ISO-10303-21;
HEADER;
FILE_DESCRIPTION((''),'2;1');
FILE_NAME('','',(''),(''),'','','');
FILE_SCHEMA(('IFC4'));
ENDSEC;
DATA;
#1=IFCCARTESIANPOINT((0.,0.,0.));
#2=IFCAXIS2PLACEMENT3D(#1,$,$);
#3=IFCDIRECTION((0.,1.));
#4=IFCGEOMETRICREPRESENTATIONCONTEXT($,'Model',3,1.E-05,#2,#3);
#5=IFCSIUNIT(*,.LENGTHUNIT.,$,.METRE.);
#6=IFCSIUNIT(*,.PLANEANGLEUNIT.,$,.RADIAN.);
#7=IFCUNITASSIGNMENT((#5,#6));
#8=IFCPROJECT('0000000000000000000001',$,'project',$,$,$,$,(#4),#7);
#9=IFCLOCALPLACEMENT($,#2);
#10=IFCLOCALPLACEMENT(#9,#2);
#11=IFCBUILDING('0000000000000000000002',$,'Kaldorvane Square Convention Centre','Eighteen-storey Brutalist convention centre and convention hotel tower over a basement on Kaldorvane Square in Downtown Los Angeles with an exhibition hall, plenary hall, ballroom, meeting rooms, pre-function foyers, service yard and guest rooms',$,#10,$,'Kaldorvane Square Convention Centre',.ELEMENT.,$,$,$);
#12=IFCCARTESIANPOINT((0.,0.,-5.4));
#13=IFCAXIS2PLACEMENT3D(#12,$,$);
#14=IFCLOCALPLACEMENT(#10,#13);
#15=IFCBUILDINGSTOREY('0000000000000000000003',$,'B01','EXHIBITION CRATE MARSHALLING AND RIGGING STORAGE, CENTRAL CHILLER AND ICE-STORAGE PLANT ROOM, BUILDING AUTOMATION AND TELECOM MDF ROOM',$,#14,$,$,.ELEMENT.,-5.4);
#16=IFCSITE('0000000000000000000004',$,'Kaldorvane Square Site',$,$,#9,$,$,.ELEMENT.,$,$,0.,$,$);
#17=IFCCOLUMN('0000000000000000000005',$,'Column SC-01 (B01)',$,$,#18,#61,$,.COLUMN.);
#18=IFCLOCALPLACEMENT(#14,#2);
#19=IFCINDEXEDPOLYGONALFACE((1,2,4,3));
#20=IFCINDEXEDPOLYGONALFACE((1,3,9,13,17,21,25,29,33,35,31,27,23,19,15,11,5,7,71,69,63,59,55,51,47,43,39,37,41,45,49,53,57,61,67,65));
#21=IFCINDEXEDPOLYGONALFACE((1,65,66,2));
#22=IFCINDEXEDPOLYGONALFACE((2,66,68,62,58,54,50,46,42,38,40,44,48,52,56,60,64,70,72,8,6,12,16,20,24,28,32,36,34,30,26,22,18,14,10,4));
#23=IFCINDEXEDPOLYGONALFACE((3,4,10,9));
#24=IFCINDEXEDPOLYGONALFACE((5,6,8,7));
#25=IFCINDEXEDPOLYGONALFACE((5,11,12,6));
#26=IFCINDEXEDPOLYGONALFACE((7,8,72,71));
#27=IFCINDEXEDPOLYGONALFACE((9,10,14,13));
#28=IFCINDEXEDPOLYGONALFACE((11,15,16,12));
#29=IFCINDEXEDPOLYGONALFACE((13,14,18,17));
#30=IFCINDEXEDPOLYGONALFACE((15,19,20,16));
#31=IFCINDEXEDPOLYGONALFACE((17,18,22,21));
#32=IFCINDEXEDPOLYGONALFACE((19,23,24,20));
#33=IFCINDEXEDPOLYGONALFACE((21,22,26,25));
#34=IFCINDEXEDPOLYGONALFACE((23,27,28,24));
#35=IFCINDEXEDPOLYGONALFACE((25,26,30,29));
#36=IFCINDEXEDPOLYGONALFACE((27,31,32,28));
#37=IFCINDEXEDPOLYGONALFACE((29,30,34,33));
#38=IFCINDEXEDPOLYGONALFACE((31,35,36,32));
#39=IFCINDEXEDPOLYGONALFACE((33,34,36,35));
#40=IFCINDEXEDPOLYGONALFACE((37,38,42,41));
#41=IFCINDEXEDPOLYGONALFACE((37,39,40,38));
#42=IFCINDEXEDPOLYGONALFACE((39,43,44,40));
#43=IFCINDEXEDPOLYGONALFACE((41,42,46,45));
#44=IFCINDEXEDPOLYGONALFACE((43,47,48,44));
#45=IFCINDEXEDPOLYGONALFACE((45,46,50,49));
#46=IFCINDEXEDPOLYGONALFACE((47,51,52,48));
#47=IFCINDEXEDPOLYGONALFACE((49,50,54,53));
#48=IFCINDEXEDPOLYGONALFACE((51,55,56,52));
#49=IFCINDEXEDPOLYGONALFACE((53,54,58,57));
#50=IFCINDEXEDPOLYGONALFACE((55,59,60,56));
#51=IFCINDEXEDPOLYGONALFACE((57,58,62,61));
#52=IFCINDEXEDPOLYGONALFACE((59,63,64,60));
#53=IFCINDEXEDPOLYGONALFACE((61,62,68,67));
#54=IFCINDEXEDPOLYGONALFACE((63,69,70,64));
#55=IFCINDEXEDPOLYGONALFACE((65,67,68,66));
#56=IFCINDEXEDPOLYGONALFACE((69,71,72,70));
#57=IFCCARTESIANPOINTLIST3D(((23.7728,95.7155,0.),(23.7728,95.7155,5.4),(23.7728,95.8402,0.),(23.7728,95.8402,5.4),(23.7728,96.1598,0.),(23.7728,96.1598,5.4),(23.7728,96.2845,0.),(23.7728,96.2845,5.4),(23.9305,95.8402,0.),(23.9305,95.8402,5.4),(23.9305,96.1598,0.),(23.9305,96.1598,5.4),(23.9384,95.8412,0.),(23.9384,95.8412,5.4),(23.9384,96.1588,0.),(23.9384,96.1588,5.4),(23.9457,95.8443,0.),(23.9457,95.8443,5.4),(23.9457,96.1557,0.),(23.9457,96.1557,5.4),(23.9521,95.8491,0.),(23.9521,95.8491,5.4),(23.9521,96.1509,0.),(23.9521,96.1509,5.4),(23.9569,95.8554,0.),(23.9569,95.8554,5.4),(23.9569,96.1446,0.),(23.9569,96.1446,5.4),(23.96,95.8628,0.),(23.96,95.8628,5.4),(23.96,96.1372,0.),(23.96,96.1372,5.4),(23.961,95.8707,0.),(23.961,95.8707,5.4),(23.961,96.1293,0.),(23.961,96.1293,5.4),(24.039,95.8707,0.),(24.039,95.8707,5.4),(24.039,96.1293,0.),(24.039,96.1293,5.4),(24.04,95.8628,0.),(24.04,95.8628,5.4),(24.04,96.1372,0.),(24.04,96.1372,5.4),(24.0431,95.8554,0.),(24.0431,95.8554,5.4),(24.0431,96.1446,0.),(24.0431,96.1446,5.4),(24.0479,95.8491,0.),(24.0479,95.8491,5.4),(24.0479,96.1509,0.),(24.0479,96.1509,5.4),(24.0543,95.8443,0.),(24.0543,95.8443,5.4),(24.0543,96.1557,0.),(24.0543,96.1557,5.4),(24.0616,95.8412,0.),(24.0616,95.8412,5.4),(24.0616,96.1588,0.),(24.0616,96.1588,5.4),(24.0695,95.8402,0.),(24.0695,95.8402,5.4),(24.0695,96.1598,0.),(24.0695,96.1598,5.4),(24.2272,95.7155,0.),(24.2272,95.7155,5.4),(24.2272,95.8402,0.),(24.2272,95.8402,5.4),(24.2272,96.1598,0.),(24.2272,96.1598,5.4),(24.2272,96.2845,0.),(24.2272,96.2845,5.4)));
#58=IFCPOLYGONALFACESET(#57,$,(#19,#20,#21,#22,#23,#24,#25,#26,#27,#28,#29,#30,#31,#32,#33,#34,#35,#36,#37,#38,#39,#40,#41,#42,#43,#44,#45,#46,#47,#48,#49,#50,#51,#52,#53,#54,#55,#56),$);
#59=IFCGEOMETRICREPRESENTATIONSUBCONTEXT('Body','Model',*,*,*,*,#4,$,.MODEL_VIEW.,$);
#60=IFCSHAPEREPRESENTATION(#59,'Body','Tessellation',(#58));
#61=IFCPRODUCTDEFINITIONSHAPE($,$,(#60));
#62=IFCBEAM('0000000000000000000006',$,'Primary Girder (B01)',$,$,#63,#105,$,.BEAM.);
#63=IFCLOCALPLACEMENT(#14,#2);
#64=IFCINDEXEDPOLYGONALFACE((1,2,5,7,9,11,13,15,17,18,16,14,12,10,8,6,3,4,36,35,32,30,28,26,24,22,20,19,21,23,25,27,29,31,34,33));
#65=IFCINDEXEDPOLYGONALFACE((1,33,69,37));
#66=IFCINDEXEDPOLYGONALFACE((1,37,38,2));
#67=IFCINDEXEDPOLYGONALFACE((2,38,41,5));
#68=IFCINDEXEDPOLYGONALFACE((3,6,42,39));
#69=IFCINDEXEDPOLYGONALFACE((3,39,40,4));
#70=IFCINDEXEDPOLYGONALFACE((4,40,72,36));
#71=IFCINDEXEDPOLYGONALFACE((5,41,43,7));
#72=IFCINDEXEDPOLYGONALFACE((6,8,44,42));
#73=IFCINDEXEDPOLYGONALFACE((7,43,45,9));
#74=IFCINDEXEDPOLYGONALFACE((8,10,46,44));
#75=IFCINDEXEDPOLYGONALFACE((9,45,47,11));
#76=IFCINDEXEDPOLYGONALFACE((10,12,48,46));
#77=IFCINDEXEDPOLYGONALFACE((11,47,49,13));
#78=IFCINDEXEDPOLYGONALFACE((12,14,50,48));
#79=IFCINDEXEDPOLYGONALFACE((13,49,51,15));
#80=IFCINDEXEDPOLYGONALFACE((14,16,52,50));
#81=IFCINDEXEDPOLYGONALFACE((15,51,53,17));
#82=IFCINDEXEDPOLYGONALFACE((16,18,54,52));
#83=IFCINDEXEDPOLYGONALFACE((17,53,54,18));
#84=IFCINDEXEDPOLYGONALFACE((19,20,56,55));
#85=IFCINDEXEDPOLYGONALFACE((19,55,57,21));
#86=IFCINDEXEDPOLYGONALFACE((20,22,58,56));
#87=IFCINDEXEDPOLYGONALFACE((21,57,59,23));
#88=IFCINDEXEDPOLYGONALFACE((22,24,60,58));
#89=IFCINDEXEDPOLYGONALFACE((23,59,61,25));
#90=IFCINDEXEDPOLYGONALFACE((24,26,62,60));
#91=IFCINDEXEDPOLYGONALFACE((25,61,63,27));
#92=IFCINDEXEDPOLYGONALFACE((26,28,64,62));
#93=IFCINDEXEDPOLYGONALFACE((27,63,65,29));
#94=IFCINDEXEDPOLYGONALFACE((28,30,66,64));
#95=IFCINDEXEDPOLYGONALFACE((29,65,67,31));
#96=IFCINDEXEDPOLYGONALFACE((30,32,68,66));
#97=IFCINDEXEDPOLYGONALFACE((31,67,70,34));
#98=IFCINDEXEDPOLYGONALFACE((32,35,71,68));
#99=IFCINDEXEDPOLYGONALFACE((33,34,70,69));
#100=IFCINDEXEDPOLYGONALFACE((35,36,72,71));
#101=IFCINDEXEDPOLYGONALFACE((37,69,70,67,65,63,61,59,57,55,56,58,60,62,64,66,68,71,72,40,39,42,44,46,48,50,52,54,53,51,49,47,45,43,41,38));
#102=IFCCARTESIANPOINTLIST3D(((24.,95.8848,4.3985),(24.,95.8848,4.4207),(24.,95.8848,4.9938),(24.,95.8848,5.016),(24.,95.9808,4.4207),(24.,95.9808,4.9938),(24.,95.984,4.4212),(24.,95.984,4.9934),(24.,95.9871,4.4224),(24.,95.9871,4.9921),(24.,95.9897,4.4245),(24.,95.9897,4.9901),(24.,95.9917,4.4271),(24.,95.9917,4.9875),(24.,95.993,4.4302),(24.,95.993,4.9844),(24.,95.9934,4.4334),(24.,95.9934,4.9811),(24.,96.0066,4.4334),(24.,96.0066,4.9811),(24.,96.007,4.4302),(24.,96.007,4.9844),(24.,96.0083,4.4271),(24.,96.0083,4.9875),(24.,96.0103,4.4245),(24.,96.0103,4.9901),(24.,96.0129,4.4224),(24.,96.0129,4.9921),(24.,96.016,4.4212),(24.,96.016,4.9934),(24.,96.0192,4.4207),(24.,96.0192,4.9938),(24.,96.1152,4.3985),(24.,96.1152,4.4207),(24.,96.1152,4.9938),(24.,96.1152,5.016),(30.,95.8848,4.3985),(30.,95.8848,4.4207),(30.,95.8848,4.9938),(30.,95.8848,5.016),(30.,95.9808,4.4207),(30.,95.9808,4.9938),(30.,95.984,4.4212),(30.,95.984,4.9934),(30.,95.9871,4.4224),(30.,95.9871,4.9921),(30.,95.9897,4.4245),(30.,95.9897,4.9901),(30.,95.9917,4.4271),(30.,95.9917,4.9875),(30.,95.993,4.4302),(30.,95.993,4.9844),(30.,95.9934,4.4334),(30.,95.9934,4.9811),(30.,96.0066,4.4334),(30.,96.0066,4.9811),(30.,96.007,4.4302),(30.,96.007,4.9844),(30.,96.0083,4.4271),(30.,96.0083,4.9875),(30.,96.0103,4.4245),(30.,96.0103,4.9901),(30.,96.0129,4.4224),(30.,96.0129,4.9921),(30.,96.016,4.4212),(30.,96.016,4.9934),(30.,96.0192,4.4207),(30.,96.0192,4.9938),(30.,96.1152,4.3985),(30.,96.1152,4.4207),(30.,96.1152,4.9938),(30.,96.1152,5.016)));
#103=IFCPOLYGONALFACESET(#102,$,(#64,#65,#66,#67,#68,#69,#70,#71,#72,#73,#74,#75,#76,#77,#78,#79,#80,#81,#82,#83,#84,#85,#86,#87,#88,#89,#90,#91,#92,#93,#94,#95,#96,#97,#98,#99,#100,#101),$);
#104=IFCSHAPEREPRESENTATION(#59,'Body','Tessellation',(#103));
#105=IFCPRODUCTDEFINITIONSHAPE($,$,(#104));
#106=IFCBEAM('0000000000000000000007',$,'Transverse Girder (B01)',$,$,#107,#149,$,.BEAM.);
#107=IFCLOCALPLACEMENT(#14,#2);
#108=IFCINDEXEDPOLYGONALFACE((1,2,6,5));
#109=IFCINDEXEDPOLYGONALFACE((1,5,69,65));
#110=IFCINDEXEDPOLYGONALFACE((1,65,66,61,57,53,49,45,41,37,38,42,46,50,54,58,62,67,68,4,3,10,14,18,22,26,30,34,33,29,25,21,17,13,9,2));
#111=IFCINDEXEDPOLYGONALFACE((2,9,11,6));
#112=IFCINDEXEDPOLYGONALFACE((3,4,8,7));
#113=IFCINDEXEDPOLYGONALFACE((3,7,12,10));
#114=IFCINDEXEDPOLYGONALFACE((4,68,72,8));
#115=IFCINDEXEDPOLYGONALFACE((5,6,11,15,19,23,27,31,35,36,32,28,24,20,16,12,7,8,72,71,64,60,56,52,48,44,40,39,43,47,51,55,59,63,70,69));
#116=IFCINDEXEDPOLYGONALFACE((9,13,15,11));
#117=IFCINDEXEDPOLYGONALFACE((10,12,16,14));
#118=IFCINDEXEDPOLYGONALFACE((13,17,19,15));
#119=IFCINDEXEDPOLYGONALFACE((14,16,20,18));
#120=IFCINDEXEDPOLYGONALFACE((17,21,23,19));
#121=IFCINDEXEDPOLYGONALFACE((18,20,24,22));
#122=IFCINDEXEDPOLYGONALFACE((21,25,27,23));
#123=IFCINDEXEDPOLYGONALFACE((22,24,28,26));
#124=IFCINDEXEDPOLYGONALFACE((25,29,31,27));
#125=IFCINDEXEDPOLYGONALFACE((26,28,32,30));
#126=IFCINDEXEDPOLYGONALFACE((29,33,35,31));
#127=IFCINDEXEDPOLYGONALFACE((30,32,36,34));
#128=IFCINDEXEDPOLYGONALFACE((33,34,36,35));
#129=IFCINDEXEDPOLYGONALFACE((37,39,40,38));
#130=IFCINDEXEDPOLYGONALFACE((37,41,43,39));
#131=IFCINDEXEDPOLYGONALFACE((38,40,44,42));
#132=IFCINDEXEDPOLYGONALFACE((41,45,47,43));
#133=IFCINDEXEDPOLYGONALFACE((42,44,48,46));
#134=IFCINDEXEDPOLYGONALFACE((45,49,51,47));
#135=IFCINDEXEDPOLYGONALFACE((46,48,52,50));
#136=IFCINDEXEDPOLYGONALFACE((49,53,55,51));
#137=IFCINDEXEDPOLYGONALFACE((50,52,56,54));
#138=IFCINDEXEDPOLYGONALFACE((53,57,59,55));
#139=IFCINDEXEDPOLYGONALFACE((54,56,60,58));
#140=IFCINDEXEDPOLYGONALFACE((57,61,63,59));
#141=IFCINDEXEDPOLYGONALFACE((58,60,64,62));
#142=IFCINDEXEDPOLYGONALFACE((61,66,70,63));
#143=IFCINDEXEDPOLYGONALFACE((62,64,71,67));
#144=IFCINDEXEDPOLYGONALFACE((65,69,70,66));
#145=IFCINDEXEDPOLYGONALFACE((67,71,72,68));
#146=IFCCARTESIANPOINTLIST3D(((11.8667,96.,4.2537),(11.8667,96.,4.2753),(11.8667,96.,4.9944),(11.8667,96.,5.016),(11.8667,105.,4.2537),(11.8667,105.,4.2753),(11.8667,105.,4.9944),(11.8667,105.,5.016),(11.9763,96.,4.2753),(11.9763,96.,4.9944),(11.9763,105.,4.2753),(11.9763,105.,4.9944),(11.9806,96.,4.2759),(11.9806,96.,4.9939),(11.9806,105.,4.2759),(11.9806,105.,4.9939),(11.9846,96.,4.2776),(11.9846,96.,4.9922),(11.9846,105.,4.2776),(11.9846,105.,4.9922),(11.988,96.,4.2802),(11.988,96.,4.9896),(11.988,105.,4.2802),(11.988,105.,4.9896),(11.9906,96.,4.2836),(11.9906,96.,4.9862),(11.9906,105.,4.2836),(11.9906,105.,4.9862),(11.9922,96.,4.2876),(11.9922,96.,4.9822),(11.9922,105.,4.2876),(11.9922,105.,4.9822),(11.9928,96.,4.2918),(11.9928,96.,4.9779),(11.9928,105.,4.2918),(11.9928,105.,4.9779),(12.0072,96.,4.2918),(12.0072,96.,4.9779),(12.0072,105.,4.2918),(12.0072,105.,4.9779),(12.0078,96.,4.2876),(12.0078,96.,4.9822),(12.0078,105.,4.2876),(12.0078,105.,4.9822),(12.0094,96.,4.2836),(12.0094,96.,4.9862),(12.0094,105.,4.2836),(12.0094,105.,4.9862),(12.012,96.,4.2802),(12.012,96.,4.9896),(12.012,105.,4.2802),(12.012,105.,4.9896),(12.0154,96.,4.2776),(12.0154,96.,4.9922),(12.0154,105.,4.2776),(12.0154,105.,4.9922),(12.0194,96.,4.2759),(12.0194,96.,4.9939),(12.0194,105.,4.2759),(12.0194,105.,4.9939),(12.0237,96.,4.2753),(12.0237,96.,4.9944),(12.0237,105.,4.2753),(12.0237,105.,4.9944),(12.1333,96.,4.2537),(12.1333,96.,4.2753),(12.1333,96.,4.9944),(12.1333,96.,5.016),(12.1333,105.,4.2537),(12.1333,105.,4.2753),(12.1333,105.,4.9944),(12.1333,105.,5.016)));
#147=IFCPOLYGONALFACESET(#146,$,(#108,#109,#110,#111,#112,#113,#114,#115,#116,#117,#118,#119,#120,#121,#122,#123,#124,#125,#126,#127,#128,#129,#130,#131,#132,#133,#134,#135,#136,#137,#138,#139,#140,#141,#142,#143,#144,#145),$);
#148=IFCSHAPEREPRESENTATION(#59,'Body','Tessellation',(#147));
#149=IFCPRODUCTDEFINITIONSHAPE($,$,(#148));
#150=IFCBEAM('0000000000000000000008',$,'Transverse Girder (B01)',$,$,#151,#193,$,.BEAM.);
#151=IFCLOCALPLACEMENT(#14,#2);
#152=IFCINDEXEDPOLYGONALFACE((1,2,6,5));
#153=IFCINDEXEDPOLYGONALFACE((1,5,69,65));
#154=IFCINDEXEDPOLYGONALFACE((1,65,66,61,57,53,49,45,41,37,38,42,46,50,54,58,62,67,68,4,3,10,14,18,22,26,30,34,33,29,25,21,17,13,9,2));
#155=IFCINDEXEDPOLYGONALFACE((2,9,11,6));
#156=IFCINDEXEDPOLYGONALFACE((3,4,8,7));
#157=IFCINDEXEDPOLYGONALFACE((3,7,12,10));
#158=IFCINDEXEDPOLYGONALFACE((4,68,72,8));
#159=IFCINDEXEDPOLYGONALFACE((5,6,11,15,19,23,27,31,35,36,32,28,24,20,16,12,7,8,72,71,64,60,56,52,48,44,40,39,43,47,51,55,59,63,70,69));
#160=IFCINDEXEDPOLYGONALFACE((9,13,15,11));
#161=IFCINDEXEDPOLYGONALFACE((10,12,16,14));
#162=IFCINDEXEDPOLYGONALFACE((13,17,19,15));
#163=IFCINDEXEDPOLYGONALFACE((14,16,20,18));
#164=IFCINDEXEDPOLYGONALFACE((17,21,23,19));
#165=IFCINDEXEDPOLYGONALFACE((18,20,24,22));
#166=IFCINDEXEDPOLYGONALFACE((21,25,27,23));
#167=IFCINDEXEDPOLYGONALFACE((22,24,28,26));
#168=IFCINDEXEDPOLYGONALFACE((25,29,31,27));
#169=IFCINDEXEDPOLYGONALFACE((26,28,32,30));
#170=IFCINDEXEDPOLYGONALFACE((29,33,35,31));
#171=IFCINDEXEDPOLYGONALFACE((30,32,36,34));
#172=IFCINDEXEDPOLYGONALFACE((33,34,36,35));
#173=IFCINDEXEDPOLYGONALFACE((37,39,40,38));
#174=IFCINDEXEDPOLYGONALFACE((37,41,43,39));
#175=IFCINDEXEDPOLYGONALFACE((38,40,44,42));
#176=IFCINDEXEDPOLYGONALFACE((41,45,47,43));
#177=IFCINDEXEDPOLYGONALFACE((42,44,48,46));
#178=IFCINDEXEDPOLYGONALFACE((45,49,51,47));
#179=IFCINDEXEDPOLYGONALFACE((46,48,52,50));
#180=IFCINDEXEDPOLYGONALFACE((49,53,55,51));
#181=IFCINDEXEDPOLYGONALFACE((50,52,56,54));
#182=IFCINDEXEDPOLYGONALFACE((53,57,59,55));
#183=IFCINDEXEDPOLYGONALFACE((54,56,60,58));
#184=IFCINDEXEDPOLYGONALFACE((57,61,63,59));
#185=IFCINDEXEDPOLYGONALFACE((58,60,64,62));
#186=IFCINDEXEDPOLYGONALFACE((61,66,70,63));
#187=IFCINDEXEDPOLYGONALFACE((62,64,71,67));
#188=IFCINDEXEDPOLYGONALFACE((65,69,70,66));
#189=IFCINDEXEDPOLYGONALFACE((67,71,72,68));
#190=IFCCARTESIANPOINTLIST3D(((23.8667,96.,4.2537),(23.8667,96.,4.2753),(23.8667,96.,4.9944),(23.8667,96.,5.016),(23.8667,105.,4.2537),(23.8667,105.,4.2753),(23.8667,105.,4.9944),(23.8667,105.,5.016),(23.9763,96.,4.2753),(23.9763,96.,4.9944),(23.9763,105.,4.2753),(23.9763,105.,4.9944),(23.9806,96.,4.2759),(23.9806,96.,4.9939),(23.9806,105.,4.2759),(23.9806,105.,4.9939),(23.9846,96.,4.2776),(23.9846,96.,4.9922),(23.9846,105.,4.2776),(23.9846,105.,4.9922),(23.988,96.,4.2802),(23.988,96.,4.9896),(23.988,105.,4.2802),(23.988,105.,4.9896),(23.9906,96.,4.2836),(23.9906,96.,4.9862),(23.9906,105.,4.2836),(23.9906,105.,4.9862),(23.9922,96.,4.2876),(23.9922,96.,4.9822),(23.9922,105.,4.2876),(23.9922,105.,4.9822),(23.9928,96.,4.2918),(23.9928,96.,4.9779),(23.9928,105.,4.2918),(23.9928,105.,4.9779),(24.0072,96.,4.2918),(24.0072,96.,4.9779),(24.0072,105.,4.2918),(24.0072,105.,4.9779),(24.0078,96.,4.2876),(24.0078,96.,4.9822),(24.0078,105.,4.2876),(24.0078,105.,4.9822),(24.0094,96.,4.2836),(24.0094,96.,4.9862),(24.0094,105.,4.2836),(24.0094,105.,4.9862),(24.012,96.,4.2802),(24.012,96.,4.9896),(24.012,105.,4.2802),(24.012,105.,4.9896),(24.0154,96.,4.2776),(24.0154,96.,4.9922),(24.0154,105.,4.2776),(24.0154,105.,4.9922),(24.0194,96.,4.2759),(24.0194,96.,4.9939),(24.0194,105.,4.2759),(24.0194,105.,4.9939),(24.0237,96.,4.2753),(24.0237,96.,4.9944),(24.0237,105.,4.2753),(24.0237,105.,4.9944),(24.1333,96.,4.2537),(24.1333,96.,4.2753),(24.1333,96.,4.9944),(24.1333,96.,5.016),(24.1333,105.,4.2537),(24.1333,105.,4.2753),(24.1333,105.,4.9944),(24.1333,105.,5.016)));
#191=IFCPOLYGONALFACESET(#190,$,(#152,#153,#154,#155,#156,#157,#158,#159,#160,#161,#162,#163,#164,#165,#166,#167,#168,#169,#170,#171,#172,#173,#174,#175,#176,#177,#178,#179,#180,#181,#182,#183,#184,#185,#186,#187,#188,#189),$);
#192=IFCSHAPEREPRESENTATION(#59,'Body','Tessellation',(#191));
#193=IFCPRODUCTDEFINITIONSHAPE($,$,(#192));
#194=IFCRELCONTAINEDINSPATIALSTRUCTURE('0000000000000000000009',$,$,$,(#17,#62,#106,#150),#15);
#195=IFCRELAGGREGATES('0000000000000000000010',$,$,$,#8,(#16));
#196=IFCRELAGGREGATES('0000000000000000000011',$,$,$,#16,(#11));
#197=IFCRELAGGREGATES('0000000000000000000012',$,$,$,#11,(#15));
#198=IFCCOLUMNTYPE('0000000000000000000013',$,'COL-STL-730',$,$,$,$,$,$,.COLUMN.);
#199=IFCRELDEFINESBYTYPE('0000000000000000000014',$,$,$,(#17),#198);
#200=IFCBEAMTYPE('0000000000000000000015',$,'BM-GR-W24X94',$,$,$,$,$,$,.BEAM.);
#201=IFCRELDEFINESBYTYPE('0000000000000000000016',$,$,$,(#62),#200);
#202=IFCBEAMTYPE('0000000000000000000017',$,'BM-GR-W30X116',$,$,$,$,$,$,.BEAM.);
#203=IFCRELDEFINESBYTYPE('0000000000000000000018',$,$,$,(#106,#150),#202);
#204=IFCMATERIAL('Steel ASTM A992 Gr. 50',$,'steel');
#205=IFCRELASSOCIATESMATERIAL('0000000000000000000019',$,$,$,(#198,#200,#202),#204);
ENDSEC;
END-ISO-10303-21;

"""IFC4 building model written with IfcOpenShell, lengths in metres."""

from ifc_helpers import new_model, si_unit, direction, frame, origin, origin_2d, place, context, subcontext, project, spatial, i_section, extrude, material, material_profile, profile_set, type_object, element, save


model = new_model("IFC4")

# Units and contexts
model_context = context("Model", 3, precision=1e-05, world=origin(), true_north=direction((0.0, 1.0)))
body_context = subcontext(model_context, "Body", "Model", "MODEL_VIEW")
ifc_project = project(units=[si_unit("LENGTHUNIT", "METRE"), si_unit("PLANEANGLEUNIT", "RADIAN")], contexts=[model_context])

# Site, building, storey
site_placement = place(None, origin())
site = spatial("IfcSite", under=ifc_project, at=site_placement, Name="Kaldorvane Square Site", CompositionType="ELEMENT", RefElevation=0.0)
building_placement = place(site_placement, origin())
building = spatial("IfcBuilding", under=site, at=building_placement, Name="Kaldorvane Square Convention Centre", Description="Eighteen-storey Brutalist convention centre and convention hotel tower over a basement on Kaldorvane Square in Downtown Los Angeles with an exhibition hall, plenary hall, ballroom, meeting rooms, pre-function foyers, service yard and guest rooms", LongName="Kaldorvane Square Convention Centre", CompositionType="ELEMENT")
storey_placement = place(building_placement, frame((0.0, 0.0, -5.4)))
storey = spatial("IfcBuildingStorey", under=building, at=storey_placement, Name="B01", Description="EXHIBITION CRATE MARSHALLING AND RIGGING STORAGE, CENTRAL CHILLER AND ICE-STORAGE PLANT ROOM, BUILDING AUTOMATION AND TELECOM MDF ROOM", CompositionType="ELEMENT", Elevation=-5.4)

# Column
ifc_material_1 = material(Name="Steel ASTM A992 Gr. 50", Category="steel")
ifc_material_profile_1 = material_profile(ifc_material_1, i_section(OverallWidth=0.4544, OverallDepth=0.569, WebThickness=0.078, FlangeThickness=0.1247, FilletRadius=0.0305, at=origin_2d()), Name="W14X730")
ifc_profile_set_1 = profile_set([ifc_material_profile_1], Name="Steel ASTM A992 Gr. 50")
column_type_1 = type_object("IfcColumnType", Name="COL-STL-730", PredefinedType="COLUMN", material=ifc_profile_set_1)
column_placement = place(storey_placement, frame((24.0, 96.0, 0.0), z_axis=(0.0, 0.0, 1.0), x_axis=(1.0, 0.0, 0.0)))
element("IfcColumn", 1, at=column_placement, inside=storey, type_object=column_type_1, Name="Column SC-01 (B01)", PredefinedType="COLUMN", context=body_context, shape_type="SweptSolid", body=[
    extrude(i_section(OverallWidth=0.4544, OverallDepth=0.569, WebThickness=0.078, FlangeThickness=0.1247, FilletRadius=0.0305, at=origin_2d()), origin(), (0.0, 0.0, 1.0), 5.4),
])

# Beams
ifc_material_profile_2 = material_profile(ifc_material_1, i_section(OverallWidth=0.2303, OverallDepth=0.6175, WebThickness=0.0131, FlangeThickness=0.0222, FilletRadius=0.0127, at=origin_2d()), Name="W24X94")
ifc_profile_set_2 = profile_set([ifc_material_profile_2], Name="Steel ASTM A992 Gr. 50")
beam_type_1 = type_object("IfcBeamType", Name="BM-GR-W24X94", PredefinedType="BEAM", material=ifc_profile_set_2)
beam_1_placement = place(storey_placement, frame((24.0, 96.0, 4.7073), z_axis=(1.0, 0.0, 0.0), x_axis=(0.0, 1.0, 0.0)))
element("IfcBeam", 2, at=beam_1_placement, inside=storey, type_object=beam_type_1, Name="Primary Girder (B01)", PredefinedType="BEAM", context=body_context, shape_type="SweptSolid", body=[
    extrude(i_section(OverallWidth=0.2303, OverallDepth=0.6175, WebThickness=0.0131, FlangeThickness=0.0222, FilletRadius=0.0127, at=origin_2d()), origin(), (0.0, 0.0, 1.0), 6.0),
])
ifc_material_profile_3 = material_profile(ifc_material_1, i_section(OverallWidth=0.2666, OverallDepth=0.7623, WebThickness=0.0144, FlangeThickness=0.0216, FilletRadius=0.0165, at=origin_2d()), Name="W30X116")
ifc_profile_set_3 = profile_set([ifc_material_profile_3], Name="Steel ASTM A992 Gr. 50")
beam_type_2 = type_object("IfcBeamType", Name="BM-GR-W30X116", PredefinedType="BEAM", material=ifc_profile_set_3)
for number, where, z_axis, x_axis, name in (
    (3, (12.0, 96.0, 4.6349), (0.0, 1.0, 0.0), (-1.0, 0.0, 0.0), "Transverse Girder (B01)"),
    (4, (24.0, 96.0, 4.6349), (0.0, 1.0, 0.0), (-1.0, 0.0, 0.0), "Transverse Girder (B01)"),
):
    element("IfcBeam", number, at=place(storey_placement, frame(where, z_axis=z_axis, x_axis=x_axis)), inside=storey, type_object=beam_type_2, Name=name, PredefinedType="BEAM", context=body_context, shape_type="SweptSolid", body=[
        extrude(i_section(OverallWidth=0.2666, OverallDepth=0.7623, WebThickness=0.0144, FlangeThickness=0.0216, FilletRadius=0.0165, at=origin_2d()), origin(), (0.0, 0.0, 1.0), 9.0),
    ])

save(model, "model.ifc")
